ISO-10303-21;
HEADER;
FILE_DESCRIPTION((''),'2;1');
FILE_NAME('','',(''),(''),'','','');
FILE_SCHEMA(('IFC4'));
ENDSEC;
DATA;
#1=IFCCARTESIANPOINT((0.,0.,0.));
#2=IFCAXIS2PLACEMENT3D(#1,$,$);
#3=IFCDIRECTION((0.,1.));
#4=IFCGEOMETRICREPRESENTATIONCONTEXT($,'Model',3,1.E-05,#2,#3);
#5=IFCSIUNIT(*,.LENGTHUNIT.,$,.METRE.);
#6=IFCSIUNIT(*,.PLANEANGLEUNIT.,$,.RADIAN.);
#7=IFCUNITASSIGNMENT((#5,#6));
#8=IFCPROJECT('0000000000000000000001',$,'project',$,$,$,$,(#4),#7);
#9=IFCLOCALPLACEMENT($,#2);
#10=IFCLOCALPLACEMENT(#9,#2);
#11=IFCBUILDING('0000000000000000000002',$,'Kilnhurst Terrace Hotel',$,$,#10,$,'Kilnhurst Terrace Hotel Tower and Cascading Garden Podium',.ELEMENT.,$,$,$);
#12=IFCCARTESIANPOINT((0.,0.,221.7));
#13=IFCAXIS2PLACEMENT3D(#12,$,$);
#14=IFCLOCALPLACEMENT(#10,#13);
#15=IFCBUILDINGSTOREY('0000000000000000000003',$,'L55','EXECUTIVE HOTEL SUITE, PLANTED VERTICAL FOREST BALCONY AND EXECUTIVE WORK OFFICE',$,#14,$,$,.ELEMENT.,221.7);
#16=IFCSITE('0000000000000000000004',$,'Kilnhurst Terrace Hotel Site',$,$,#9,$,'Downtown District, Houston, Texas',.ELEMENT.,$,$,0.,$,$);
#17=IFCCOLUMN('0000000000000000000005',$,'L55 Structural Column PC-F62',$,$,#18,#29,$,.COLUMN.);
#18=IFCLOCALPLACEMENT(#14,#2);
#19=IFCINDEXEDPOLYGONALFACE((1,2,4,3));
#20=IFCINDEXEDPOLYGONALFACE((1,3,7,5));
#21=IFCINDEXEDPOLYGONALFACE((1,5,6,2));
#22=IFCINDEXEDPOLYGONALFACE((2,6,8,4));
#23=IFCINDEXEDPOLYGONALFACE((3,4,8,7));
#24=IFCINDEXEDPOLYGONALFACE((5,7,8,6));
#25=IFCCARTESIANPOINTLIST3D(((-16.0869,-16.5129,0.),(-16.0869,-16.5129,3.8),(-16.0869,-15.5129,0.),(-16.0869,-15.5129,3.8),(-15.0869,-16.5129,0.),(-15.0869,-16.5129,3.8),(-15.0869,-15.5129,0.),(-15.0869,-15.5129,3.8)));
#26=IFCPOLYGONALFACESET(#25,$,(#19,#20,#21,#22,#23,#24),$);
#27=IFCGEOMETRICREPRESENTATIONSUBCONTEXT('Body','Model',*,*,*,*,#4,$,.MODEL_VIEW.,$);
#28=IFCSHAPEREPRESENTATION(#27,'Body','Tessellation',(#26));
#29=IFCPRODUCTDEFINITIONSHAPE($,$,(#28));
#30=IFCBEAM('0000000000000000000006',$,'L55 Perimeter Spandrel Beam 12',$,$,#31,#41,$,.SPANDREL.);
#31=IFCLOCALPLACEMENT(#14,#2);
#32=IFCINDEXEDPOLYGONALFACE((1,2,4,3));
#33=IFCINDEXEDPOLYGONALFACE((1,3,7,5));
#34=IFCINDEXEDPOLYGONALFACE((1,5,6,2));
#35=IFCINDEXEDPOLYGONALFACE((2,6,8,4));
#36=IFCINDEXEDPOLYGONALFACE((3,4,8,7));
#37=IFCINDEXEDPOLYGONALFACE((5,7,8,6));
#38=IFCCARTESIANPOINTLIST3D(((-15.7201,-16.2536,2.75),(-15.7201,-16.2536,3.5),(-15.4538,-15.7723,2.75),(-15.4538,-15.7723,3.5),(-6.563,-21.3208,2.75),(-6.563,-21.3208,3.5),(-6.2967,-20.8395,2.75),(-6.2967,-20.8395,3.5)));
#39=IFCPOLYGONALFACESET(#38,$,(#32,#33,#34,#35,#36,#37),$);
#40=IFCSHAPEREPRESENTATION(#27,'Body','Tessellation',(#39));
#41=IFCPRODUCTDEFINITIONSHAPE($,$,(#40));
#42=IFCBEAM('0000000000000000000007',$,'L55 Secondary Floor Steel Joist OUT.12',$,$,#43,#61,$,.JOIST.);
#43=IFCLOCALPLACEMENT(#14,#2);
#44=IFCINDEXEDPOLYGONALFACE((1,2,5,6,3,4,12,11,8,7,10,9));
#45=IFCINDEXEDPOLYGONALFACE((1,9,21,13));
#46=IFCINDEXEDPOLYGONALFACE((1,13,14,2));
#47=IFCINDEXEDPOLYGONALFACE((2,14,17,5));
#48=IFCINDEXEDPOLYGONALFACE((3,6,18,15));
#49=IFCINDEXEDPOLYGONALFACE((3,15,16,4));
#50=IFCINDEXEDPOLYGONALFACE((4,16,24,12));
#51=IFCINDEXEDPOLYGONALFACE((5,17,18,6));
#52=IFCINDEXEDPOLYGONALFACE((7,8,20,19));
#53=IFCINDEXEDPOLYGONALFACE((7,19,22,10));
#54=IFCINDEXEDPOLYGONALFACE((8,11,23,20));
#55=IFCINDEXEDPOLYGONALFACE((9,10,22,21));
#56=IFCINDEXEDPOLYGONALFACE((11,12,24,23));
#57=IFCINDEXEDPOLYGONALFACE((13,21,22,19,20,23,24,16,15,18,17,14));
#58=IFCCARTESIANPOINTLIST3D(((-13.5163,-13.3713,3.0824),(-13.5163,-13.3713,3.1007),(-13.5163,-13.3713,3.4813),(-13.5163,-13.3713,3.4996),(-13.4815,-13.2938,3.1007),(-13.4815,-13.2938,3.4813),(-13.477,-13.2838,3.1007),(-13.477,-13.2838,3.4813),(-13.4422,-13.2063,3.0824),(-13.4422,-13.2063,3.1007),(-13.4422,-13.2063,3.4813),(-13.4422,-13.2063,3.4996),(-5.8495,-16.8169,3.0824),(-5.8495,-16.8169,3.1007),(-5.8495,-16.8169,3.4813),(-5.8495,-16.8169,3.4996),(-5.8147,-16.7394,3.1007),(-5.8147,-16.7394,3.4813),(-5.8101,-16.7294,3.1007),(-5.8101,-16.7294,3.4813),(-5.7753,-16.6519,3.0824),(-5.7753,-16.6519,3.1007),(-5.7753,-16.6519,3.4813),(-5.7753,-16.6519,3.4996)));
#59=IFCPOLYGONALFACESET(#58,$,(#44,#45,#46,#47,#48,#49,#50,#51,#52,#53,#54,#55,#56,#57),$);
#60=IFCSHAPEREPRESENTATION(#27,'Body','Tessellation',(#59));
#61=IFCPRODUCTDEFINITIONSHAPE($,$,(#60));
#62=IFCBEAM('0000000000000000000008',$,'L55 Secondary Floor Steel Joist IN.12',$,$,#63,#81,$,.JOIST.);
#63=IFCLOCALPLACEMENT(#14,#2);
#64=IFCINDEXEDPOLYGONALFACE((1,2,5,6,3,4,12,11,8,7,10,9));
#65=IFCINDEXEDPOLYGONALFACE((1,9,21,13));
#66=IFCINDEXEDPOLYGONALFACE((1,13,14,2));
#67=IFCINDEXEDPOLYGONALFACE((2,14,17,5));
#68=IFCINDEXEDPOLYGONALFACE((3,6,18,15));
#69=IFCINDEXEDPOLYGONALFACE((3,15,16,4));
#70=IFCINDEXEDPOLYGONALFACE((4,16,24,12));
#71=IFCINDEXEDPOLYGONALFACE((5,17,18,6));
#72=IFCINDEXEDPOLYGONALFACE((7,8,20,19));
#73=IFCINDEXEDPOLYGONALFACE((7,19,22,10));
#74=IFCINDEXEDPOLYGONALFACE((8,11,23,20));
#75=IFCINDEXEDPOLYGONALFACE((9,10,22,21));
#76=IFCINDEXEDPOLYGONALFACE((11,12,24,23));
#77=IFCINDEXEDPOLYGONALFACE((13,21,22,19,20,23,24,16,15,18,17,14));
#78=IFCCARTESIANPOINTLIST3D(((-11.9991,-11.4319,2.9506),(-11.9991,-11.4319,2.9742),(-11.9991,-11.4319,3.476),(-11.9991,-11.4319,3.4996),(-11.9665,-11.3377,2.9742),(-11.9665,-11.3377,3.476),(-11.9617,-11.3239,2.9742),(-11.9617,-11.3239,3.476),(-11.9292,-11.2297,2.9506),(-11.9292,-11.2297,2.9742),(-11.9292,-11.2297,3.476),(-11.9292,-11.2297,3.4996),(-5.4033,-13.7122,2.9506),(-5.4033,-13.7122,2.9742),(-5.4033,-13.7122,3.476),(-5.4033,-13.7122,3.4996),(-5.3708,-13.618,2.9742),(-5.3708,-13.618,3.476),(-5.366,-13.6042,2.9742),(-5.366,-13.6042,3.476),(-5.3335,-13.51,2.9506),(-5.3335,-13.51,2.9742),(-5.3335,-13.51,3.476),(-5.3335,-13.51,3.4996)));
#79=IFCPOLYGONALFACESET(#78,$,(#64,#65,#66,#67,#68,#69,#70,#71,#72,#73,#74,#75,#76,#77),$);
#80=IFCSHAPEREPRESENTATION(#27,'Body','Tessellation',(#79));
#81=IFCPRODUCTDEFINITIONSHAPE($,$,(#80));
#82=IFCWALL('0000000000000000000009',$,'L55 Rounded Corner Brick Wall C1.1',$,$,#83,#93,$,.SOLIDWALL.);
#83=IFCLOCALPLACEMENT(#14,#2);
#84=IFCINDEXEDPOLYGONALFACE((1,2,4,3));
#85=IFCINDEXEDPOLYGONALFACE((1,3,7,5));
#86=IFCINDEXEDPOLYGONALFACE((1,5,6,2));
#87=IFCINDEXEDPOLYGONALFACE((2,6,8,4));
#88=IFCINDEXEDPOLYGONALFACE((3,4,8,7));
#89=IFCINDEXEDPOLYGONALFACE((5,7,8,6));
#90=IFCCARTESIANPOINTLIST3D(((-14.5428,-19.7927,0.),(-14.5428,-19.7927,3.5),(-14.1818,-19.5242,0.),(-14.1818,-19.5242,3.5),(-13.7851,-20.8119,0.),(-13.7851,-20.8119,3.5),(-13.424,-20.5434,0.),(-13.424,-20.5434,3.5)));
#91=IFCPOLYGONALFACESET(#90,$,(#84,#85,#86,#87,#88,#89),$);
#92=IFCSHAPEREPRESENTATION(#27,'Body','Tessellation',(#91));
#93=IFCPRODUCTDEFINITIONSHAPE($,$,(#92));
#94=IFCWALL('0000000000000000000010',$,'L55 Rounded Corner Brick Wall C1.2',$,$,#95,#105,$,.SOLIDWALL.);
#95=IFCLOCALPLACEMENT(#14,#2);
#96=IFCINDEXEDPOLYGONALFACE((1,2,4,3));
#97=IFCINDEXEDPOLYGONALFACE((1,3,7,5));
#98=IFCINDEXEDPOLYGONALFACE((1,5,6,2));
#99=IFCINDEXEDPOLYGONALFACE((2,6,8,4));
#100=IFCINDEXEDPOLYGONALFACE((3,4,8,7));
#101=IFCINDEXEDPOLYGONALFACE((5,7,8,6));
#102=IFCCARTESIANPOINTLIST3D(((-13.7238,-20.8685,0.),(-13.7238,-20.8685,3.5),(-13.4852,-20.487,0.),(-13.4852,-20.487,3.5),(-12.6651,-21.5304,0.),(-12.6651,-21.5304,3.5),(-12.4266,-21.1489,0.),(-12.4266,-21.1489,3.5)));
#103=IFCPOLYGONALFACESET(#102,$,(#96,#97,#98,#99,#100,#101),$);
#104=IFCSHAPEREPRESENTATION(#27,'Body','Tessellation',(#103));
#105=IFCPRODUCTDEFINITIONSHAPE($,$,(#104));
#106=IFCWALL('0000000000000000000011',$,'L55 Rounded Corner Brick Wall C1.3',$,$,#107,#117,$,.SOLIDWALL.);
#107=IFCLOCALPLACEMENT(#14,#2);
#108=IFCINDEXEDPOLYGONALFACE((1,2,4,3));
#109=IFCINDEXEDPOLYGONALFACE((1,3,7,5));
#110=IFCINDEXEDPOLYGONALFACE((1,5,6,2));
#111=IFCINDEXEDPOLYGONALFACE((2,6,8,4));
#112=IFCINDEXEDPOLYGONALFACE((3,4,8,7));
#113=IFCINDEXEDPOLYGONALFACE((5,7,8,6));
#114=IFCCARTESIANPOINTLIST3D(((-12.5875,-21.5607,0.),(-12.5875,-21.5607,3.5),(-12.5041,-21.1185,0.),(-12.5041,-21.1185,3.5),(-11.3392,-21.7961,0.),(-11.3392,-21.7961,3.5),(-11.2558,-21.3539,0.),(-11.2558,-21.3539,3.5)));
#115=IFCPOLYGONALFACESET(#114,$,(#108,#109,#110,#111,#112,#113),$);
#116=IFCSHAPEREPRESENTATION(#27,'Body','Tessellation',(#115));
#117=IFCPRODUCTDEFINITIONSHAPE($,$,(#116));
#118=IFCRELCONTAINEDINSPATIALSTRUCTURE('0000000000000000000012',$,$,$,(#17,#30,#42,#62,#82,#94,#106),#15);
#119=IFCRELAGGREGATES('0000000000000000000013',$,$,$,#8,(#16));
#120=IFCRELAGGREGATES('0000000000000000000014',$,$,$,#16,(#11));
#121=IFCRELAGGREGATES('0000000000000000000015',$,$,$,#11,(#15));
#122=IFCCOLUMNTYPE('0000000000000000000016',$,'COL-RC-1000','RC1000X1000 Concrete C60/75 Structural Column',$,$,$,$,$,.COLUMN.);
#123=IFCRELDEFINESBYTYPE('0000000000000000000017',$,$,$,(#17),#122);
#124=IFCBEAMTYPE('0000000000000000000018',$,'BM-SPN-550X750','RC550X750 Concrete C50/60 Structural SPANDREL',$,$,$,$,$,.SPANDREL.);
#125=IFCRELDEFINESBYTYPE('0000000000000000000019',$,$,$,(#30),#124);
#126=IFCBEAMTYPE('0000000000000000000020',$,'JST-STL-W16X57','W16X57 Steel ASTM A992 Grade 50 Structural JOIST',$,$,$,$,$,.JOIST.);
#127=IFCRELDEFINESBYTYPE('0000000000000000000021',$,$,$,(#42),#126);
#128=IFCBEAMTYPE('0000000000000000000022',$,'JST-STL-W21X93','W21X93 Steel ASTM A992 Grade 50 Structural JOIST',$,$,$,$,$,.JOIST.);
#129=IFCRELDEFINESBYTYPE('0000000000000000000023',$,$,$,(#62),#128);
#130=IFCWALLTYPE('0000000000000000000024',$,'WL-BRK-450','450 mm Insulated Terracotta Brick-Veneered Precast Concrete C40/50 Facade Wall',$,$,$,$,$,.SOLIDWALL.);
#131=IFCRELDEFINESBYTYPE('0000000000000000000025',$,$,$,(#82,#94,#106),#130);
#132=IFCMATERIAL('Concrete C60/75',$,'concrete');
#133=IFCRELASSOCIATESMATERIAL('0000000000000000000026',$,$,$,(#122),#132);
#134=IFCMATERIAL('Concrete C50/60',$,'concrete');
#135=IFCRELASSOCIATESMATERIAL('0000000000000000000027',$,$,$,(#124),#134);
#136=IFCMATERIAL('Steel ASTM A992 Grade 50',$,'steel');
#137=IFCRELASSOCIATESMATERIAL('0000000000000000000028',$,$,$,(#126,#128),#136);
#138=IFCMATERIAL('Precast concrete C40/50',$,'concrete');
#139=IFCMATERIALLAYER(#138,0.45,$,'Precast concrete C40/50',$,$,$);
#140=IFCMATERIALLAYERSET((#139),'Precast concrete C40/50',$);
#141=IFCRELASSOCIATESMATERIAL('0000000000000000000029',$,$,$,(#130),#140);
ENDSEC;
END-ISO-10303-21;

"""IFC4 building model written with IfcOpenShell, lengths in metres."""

from ifc_helpers import new_model, si_unit, direction, frame, frame_2d, origin, origin_2d, place, context, subcontext, project, spatial, rectangle, i_section, extrude, material, layer, layer_set, material_profile, profile_set, type_object, element, save


model = new_model("IFC4")

# Units and contexts
model_context = context("Model", 3, precision=1e-05, world=origin(), true_north=direction((0.0, 1.0)))
body_context = subcontext(model_context, "Body", "Model", "MODEL_VIEW")
ifc_project = project(units=[si_unit("LENGTHUNIT", "METRE"), si_unit("PLANEANGLEUNIT", "RADIAN")], contexts=[model_context])

# Site, building, storey
site_placement = place(None, origin())
site = spatial("IfcSite", under=ifc_project, at=site_placement, Name="Kilnhurst Terrace Hotel Site", LongName="Downtown District, Houston, Texas", CompositionType="ELEMENT", RefElevation=0.0)
building_placement = place(site_placement, origin())
building = spatial("IfcBuilding", under=site, at=building_placement, Name="Kilnhurst Terrace Hotel", LongName="Kilnhurst Terrace Hotel Tower and Cascading Garden Podium", CompositionType="ELEMENT")
storey_placement = place(building_placement, frame((0.0, 0.0, 221.7)))
storey = spatial("IfcBuildingStorey", under=building, at=storey_placement, Name="L55", Description="EXECUTIVE HOTEL SUITE, PLANTED VERTICAL FOREST BALCONY AND EXECUTIVE WORK OFFICE", CompositionType="ELEMENT", Elevation=221.7)

# Column
ifc_material_1 = material(Name="Concrete C60/75", Category="concrete")
ifc_material_profile_1 = material_profile(ifc_material_1, rectangle(XDim=1.0, YDim=1.0, at=origin_2d()), Name="RC1000X1000")
ifc_profile_set_1 = profile_set([ifc_material_profile_1], Name="Concrete C60/75")
column_type = type_object("IfcColumnType", Name="COL-RC-1000", Description="RC1000X1000 Concrete C60/75 Structural Column", PredefinedType="COLUMN", material=ifc_profile_set_1)
column_placement = place(storey_placement, frame((-15.5869, -16.0129, 0.0), z_axis=(0.0, 0.0, 1.0), x_axis=(1.0, 0.0, 0.0)))
element("IfcColumn", 1, at=column_placement, inside=storey, type_object=column_type, Name="L55 Structural Column PC-F62", PredefinedType="COLUMN", context=body_context, shape_type="SweptSolid", body=[
    extrude(rectangle(XDim=1.0, YDim=1.0, at=origin_2d()), origin(), (0.0, 0.0, 1.0), 3.8),
])

# Beams
ifc_material_2 = material(Name="Concrete C50/60", Category="concrete")
ifc_material_profile_2 = material_profile(ifc_material_2, rectangle(XDim=0.55, YDim=0.75, at=origin_2d()), Name="RC550X750")
ifc_profile_set_2 = profile_set([ifc_material_profile_2], Name="Concrete C50/60")
beam_type_1 = type_object("IfcBeamType", Name="BM-SPN-550X750", Description="RC550X750 Concrete C50/60 Structural SPANDREL", PredefinedType="SPANDREL", material=ifc_profile_set_2)
beam_1_placement = place(storey_placement, frame((-15.5869, -16.0129, 3.125), z_axis=(0.87497, -0.484177, 0.0), x_axis=(0.484177, 0.87497, 0.0)))
element("IfcBeam", 2, at=beam_1_placement, inside=storey, type_object=beam_type_1, Name="L55 Perimeter Spandrel Beam 12", PredefinedType="SPANDREL", context=body_context, shape_type="SweptSolid", body=[
    extrude(rectangle(XDim=0.55, YDim=0.75, at=origin_2d()), origin(), (0.0, 0.0, 1.0), 10.4656),
])
ifc_material_3 = material(Name="Steel ASTM A992 Grade 50", Category="steel")
ifc_material_profile_3 = material_profile(ifc_material_3, i_section(OverallWidth=0.1809, OverallDepth=0.4172, WebThickness=0.011, FlangeThickness=0.0183, at=origin_2d()), Name="W16X57")
ifc_profile_set_3 = profile_set([ifc_material_profile_3], Name="Steel ASTM A992 Grade 50")
beam_type_2 = type_object("IfcBeamType", Name="JST-STL-W16X57", Description="W16X57 Steel ASTM A992 Grade 50 Structural JOIST", PredefinedType="JOIST", material=ifc_profile_set_3)
beam_2_placement = place(storey_placement, frame((-13.4792, -13.2888, 3.291), z_axis=(0.912121, -0.409921, 0.0), x_axis=(0.409921, 0.912121, 0.0)))
element("IfcBeam", 3, at=beam_2_placement, inside=storey, type_object=beam_type_2, Name="L55 Secondary Floor Steel Joist OUT.12", PredefinedType="JOIST", context=body_context, shape_type="SweptSolid", body=[
    extrude(i_section(OverallWidth=0.1809, OverallDepth=0.4172, WebThickness=0.011, FlangeThickness=0.0183, at=origin_2d()), origin(), (0.0, 0.0, 1.0), 8.4055),
])
ifc_material_profile_4 = material_profile(ifc_material_3, i_section(OverallWidth=0.2139, OverallDepth=0.5491, WebThickness=0.0146, FlangeThickness=0.0237, at=origin_2d()), Name="W21X93")
ifc_profile_set_4 = profile_set([ifc_material_profile_4], Name="Steel ASTM A992 Grade 50")
beam_type_3 = type_object("IfcBeamType", Name="JST-STL-W21X93", Description="W21X93 Steel ASTM A992 Grade 50 Structural JOIST", PredefinedType="JOIST", material=ifc_profile_set_4)
beam_3_placement = place(storey_placement, frame((-11.9641, -11.3308, 3.2251), z_axis=(0.945112, -0.326745, 0.0), x_axis=(0.326745, 0.945112, 0.0)))
element("IfcBeam", 4, at=beam_3_placement, inside=storey, type_object=beam_type_3, Name="L55 Secondary Floor Steel Joist IN.12", PredefinedType="JOIST", context=body_context, shape_type="SweptSolid", body=[
    extrude(i_section(OverallWidth=0.2139, OverallDepth=0.5491, WebThickness=0.0146, FlangeThickness=0.0237, at=origin_2d()), origin(), (0.0, 0.0, 1.0), 6.9788),
])

# Walls
ifc_material_4 = material(Name="Precast concrete C40/50", Category="concrete")
ifc_layer_1 = layer(ifc_material_4, 0.45, Name="Precast concrete C40/50")
ifc_layer_set_1 = layer_set([ifc_layer_1], Name="Precast concrete C40/50")
wall_type_1 = type_object("IfcWallType", Name="WL-BRK-450", Description="450 mm Insulated Terracotta Brick-Veneered Precast Concrete C40/50 Facade Wall", PredefinedType="SOLIDWALL", material=ifc_layer_set_1)
wall_1_placement = place(storey_placement, frame((-14.3623, -19.6584, 0.0), z_axis=(0.0, 0.0, 1.0), x_axis=(0.596642, -0.802507, 0.0)))
element("IfcWall", 5, at=wall_1_placement, inside=storey, type_object=wall_type_1, Name="L55 Rounded Corner Brick Wall C1.1", PredefinedType="SOLIDWALL", context=body_context, shape_type="SweptSolid", body=[
    extrude(rectangle(XDim=1.27, YDim=0.45, at=frame_2d((0.635, 0.0))), origin(), (0.0, 0.0, 1.0), 3.5),
])
wall_2_placement = place(storey_placement, frame((-13.6045, -20.6777, 0.0), z_axis=(0.0, 0.0, 1.0), x_axis=(0.84791, -0.53014, 0.0)))
element("IfcWall", 6, at=wall_2_placement, inside=storey, type_object=wall_type_1, Name="L55 Rounded Corner Brick Wall C1.2", PredefinedType="SOLIDWALL", context=body_context, shape_type="SweptSolid", body=[
    extrude(rectangle(XDim=1.2485, YDim=0.45, at=frame_2d((0.6243, 0.0))), origin(), (0.0, 0.0, 1.0), 3.5),
])
wall_3_placement = place(storey_placement, frame((-12.5459, -21.3396, 0.0), z_axis=(0.0, 0.0, 1.0), x_axis=(0.982687, -0.185275, 0.0)))
element("IfcWall", 7, at=wall_3_placement, inside=storey, type_object=wall_type_1, Name="L55 Rounded Corner Brick Wall C1.3", PredefinedType="SOLIDWALL", context=body_context, shape_type="SweptSolid", body=[
    extrude(rectangle(XDim=1.2703, YDim=0.45, at=frame_2d((0.6353, 0.0))), origin(), (0.0, 0.0, 1.0), 3.5),
])

save(model, "model.ifc")
